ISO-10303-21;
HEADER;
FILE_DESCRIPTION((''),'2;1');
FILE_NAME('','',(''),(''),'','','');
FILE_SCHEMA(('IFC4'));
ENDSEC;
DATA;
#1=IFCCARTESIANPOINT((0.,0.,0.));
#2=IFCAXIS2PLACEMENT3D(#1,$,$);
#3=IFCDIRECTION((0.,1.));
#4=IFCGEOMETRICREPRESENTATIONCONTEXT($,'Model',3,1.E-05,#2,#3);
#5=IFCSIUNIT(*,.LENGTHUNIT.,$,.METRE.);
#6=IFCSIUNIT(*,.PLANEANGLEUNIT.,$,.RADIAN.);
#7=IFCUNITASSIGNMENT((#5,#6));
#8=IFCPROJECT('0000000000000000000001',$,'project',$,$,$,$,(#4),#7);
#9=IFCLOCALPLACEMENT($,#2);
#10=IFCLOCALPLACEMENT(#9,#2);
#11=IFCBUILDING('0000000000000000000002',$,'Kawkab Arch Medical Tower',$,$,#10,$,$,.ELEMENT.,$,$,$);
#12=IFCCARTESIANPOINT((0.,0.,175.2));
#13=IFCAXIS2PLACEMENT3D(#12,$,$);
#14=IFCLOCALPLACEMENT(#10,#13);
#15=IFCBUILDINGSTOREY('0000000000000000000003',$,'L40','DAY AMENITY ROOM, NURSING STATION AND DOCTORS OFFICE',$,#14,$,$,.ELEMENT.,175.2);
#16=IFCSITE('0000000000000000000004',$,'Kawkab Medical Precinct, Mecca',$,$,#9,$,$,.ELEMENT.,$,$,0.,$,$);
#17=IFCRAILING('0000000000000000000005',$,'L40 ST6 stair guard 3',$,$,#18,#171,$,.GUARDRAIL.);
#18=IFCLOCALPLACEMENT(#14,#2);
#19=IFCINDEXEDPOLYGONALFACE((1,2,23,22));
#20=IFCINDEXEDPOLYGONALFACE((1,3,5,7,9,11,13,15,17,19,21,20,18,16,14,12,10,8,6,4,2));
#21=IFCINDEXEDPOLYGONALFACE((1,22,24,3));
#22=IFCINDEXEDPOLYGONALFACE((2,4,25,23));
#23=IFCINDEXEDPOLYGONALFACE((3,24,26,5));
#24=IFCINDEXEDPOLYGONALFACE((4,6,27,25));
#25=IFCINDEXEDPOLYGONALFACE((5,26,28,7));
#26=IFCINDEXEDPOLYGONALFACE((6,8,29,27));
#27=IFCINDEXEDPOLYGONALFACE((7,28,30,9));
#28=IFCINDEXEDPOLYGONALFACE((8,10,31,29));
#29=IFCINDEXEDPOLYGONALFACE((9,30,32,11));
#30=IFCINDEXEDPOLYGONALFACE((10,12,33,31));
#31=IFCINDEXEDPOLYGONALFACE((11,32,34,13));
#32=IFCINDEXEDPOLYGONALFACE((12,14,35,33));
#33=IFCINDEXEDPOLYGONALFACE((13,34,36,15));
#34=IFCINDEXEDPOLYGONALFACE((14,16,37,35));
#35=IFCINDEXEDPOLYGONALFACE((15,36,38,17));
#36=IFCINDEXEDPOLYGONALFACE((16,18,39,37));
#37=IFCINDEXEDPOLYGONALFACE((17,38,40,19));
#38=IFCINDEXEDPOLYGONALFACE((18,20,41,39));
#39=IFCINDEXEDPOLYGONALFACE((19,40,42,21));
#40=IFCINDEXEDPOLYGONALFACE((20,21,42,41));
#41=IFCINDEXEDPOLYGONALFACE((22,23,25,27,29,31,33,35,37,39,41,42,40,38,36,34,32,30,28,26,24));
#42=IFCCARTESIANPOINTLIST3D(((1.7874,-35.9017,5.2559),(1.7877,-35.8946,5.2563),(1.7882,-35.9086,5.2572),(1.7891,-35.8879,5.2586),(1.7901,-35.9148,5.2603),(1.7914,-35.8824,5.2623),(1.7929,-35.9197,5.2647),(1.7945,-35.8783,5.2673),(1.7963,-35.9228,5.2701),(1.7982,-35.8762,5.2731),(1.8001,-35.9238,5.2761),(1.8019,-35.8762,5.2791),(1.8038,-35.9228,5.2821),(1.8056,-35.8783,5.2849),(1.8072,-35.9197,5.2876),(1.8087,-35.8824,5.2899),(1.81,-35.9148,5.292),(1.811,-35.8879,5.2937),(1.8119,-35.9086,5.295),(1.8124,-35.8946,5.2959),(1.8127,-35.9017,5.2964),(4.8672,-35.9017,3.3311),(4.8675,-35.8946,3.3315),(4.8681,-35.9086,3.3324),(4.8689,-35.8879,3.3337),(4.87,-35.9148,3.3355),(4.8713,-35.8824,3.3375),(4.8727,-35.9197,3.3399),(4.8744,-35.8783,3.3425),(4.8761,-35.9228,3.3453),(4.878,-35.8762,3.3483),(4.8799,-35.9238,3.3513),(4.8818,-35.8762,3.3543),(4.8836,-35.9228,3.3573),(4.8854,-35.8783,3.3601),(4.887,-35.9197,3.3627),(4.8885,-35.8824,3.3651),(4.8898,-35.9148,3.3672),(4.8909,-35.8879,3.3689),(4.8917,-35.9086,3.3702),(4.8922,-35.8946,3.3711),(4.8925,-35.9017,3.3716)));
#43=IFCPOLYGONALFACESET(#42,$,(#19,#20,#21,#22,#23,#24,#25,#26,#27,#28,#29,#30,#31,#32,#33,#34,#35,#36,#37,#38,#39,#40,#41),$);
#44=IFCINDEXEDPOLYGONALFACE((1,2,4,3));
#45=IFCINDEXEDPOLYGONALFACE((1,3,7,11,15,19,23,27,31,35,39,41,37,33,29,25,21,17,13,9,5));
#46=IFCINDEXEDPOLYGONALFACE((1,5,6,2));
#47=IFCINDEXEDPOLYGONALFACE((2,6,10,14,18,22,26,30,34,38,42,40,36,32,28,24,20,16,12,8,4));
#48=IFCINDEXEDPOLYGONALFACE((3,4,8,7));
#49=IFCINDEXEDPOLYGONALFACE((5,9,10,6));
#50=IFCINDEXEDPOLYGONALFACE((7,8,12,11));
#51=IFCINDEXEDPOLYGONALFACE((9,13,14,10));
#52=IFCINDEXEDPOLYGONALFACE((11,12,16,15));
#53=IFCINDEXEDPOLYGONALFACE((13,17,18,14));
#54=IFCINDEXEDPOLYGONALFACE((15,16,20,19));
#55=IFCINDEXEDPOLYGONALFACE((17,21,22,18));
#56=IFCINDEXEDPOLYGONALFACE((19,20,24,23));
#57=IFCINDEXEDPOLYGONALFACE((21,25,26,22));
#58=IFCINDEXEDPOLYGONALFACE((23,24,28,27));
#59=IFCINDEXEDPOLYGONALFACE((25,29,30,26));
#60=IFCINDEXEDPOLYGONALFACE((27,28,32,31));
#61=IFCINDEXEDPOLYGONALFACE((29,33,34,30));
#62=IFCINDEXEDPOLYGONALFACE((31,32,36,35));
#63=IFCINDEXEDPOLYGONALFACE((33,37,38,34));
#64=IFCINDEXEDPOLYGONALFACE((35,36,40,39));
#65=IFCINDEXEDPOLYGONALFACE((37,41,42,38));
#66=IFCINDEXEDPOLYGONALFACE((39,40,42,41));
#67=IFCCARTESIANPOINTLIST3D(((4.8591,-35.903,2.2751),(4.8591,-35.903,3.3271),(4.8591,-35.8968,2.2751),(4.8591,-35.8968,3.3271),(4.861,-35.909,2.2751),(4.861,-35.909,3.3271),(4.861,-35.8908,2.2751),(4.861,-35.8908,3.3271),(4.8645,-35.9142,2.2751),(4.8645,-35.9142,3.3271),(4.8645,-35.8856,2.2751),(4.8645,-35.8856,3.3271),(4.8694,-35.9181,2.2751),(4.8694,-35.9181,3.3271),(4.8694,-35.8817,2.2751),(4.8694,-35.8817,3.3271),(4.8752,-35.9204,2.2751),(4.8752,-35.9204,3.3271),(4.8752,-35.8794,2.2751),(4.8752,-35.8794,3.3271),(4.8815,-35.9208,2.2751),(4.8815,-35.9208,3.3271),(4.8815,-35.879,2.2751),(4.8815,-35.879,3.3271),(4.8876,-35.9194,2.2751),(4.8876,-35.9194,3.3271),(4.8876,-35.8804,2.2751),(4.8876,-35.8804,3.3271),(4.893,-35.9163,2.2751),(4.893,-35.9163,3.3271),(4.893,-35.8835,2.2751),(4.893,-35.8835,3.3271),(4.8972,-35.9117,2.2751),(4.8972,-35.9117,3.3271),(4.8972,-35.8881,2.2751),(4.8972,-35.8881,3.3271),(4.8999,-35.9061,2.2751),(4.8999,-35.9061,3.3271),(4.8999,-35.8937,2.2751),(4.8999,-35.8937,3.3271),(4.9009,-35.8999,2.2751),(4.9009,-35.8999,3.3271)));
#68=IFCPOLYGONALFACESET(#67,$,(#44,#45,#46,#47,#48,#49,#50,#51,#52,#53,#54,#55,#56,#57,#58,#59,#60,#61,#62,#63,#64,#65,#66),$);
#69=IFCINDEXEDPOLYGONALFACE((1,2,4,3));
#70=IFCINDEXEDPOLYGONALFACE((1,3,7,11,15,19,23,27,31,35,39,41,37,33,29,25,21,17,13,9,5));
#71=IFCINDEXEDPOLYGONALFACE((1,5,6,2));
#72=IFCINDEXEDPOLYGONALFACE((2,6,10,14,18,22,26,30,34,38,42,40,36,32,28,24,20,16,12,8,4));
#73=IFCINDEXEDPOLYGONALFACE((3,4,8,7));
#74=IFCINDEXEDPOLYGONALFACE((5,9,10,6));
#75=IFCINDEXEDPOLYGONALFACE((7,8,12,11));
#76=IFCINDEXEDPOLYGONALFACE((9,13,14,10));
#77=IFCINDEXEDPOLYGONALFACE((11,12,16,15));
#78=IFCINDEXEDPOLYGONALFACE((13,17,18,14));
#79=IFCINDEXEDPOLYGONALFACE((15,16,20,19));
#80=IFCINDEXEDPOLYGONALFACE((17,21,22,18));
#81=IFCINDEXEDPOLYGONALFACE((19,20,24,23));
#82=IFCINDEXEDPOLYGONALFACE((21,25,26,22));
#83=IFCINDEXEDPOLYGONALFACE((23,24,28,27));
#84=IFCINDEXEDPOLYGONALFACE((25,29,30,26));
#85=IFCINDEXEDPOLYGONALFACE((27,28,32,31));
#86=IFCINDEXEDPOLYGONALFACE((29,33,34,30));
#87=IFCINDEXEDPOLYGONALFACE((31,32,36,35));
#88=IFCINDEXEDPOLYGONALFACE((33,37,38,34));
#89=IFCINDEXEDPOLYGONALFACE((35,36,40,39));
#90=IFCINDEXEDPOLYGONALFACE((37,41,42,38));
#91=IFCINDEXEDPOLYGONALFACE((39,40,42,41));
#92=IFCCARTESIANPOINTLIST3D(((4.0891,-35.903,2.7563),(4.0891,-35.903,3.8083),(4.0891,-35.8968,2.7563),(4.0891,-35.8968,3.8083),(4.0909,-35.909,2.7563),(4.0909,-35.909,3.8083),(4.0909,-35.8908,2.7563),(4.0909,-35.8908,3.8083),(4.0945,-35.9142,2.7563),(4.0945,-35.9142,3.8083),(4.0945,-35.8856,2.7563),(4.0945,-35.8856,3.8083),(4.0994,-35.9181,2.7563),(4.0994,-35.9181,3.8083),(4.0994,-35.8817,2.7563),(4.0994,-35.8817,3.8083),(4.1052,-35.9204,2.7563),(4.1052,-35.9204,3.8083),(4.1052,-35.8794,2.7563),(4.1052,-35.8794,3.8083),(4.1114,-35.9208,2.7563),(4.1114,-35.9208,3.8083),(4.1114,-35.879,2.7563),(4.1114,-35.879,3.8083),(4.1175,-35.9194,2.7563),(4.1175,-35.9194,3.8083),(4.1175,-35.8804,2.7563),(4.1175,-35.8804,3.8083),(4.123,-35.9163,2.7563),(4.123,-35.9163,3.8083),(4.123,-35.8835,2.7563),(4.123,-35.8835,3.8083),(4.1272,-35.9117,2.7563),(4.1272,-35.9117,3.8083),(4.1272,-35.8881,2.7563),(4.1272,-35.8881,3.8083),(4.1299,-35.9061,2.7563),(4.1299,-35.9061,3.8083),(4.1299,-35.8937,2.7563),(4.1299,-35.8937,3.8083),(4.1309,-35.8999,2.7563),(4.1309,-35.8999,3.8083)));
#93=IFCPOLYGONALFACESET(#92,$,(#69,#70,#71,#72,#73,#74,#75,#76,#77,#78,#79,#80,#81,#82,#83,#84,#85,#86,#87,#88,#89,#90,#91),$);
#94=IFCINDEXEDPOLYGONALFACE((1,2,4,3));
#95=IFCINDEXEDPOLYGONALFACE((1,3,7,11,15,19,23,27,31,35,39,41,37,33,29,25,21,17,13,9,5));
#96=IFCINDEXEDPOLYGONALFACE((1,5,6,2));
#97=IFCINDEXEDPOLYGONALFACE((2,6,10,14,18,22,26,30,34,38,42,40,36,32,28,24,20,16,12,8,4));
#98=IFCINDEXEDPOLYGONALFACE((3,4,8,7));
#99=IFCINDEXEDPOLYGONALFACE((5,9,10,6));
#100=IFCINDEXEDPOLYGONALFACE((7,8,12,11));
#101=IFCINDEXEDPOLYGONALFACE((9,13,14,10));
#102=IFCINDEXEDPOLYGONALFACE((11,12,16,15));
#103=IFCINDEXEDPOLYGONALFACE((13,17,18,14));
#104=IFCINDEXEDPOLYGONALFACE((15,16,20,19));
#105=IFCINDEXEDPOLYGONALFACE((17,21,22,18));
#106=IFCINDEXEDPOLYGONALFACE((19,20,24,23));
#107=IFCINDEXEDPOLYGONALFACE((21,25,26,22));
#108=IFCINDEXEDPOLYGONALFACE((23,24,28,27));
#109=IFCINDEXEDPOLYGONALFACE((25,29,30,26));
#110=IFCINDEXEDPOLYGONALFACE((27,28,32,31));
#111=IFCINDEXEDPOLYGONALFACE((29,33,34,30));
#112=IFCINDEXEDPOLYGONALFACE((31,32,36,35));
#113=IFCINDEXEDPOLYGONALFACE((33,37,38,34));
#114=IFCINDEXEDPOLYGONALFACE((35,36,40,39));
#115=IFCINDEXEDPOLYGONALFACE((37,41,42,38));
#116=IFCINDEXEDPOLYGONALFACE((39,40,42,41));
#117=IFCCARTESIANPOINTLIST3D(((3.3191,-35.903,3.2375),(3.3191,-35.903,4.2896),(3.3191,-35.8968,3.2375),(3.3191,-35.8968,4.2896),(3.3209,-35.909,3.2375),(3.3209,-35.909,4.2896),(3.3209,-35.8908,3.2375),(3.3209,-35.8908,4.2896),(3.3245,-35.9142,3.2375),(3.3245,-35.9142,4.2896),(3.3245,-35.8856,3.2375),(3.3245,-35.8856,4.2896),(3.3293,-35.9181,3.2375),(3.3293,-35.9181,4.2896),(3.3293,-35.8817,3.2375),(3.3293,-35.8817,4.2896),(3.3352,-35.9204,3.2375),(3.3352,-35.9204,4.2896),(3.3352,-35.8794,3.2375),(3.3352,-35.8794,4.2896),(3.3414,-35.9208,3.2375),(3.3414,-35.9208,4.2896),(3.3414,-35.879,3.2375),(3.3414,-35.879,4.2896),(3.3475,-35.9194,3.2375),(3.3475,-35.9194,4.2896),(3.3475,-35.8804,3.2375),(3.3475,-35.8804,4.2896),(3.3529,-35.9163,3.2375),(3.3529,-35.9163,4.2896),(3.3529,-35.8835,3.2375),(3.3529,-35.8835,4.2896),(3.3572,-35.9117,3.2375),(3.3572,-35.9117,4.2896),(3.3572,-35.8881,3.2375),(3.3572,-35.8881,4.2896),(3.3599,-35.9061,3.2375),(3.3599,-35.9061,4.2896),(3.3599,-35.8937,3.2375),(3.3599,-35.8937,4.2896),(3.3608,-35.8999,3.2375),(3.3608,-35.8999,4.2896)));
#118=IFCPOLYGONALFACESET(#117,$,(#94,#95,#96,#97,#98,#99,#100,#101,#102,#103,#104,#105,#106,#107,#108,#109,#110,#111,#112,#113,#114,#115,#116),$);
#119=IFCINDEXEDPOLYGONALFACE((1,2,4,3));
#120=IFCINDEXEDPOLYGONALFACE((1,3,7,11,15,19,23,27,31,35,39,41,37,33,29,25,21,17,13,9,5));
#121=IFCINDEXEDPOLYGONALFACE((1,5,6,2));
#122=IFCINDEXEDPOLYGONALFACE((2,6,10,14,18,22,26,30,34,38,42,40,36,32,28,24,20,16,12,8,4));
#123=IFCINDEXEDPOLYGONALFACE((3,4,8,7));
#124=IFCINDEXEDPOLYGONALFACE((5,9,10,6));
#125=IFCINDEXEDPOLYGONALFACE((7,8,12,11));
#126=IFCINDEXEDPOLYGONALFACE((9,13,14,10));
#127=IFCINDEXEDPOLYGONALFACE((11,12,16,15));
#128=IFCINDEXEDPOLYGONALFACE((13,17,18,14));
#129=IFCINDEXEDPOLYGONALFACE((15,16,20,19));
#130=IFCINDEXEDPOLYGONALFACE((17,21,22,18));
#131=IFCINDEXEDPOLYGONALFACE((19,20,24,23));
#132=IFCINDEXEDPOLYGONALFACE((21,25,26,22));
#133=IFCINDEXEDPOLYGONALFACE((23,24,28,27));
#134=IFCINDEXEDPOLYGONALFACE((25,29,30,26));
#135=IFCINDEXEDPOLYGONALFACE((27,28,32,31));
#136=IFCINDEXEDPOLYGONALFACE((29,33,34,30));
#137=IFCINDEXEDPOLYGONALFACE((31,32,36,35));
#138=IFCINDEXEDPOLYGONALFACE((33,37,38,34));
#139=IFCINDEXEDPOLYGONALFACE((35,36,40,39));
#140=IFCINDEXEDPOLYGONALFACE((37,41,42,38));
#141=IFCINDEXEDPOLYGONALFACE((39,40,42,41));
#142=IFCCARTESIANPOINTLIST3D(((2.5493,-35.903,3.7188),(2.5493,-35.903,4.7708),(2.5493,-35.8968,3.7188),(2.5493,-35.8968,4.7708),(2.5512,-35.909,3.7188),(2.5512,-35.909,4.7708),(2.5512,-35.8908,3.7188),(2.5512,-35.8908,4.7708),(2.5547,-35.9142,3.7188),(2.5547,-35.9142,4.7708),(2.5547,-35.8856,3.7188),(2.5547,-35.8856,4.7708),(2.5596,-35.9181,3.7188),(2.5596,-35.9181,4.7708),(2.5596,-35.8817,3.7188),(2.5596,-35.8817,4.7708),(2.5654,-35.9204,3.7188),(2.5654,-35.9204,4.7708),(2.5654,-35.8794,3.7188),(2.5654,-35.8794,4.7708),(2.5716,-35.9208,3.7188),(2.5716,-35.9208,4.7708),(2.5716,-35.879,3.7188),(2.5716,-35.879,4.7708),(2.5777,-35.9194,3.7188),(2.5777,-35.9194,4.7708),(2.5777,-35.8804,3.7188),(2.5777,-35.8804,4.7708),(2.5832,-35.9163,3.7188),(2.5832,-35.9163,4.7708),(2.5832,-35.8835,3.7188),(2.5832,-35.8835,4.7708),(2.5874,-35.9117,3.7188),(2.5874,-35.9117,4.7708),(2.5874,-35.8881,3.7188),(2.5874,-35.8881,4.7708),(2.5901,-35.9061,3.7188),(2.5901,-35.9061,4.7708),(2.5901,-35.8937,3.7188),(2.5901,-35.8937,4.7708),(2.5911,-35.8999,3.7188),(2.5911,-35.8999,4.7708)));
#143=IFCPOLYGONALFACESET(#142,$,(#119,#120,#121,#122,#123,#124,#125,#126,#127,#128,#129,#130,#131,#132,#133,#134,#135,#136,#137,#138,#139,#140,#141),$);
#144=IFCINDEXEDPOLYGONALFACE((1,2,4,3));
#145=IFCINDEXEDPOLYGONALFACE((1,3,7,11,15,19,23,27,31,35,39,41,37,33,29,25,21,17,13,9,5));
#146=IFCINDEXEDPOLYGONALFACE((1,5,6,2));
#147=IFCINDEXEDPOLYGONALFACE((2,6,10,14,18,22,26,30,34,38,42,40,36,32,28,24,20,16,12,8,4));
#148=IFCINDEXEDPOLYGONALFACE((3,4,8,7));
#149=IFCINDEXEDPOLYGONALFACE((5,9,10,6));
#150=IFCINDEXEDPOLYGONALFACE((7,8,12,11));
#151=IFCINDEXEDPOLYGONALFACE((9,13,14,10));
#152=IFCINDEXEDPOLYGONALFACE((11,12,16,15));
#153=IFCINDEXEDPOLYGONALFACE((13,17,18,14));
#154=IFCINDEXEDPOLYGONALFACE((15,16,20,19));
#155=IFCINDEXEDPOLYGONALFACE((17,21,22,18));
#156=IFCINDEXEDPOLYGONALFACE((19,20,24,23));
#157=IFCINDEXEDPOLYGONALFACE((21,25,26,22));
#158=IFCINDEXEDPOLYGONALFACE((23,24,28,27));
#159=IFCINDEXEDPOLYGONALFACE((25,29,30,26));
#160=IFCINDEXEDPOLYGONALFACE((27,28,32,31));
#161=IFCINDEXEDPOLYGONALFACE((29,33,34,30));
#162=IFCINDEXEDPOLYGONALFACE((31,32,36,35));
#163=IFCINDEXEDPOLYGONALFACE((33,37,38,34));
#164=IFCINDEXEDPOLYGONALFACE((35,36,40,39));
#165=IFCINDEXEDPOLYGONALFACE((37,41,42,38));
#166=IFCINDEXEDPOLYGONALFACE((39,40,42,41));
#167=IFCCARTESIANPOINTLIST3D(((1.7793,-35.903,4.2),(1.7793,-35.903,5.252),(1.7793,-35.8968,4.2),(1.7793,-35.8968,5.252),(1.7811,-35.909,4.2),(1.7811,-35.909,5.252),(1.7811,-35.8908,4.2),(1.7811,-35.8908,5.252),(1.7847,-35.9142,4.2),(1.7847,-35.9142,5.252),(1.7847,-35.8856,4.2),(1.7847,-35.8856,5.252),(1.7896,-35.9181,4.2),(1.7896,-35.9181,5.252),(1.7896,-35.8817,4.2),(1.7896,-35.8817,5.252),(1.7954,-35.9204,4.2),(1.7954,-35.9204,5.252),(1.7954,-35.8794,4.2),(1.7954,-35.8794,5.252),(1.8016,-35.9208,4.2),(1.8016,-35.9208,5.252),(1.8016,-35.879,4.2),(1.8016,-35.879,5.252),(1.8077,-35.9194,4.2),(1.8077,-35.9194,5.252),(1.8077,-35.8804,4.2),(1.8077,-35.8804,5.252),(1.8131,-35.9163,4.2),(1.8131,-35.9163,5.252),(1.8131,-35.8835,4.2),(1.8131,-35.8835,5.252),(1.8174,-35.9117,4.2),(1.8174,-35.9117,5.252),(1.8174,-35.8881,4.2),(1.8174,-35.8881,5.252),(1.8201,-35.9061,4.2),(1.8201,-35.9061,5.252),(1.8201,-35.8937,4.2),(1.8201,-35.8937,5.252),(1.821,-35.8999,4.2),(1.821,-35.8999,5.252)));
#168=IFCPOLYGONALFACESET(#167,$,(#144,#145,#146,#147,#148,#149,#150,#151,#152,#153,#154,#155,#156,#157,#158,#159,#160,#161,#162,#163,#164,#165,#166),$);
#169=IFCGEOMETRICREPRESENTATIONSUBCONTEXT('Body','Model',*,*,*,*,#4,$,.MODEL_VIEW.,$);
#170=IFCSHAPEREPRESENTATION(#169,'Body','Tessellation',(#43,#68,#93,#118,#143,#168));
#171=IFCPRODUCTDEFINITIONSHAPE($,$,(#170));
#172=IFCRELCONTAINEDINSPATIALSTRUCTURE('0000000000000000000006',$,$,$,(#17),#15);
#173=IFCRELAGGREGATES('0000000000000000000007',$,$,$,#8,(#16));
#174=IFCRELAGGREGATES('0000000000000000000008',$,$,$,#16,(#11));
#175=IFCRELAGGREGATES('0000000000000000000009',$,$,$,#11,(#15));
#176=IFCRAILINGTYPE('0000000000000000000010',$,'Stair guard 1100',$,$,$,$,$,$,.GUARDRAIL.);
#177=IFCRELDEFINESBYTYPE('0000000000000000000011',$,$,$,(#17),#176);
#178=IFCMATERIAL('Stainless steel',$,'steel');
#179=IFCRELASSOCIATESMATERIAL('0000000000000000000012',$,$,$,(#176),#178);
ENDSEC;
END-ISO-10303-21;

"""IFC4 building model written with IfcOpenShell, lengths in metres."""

from ifc_helpers import new_model, si_unit, direction, frame, origin, origin_2d, place, context, subcontext, project, spatial, circle, extrude, material, type_object, element, save


model = new_model("IFC4")

# Units and contexts
model_context = context("Model", 3, precision=1e-05, world=origin(), true_north=direction((0.0, 1.0)))
body_context = subcontext(model_context, "Body", "Model", "MODEL_VIEW")
ifc_project = project(units=[si_unit("LENGTHUNIT", "METRE"), si_unit("PLANEANGLEUNIT", "RADIAN")], contexts=[model_context])

# Site, building, storey
site_placement = place(None, origin())
site = spatial("IfcSite", under=ifc_project, at=site_placement, Name="Kawkab Medical Precinct, Mecca", CompositionType="ELEMENT", RefElevation=0.0)
building_placement = place(site_placement, origin())
building = spatial("IfcBuilding", under=site, at=building_placement, Name="Kawkab Arch Medical Tower", CompositionType="ELEMENT")
storey_placement = place(building_placement, frame((0.0, 0.0, 175.2)))
storey = spatial("IfcBuildingStorey", under=building, at=storey_placement, Name="L40", Description="DAY AMENITY ROOM, NURSING STATION AND DOCTORS OFFICE", CompositionType="ELEMENT", Elevation=175.2)

# Railing
ifc_material_1 = material(Name="Stainless steel", Category="steel")
railing_type = type_object("IfcRailingType", Name="Stair guard 1100", PredefinedType="GUARDRAIL", material=ifc_material_1)
railing_1_placement = place(storey_placement, frame((4.8799, -35.8999, 2.2751)))
element("IfcRailing", 1, at=railing_1_placement, inside=storey, type_object=railing_type, Name="L40 ST6 stair guard 3", PredefinedType="GUARDRAIL", context=body_context, shape_type="SweptSolid", body=[
    extrude(circle(Radius=0.0239, at=origin_2d()), frame((0.0, 0.0, 1.0762), z_axis=(-0.84801, 0.0, 0.529981), x_axis=(0.0, -1.0, 0.0)), (0.0, 0.0, 1.0), 3.6318),
    extrude(circle(Radius=0.021, at=origin_2d()), origin(), (0.0, 0.0, 1.0), 1.052),
    extrude(circle(Radius=0.021, at=origin_2d()), frame((-0.77, 0.0, 0.4812)), (0.0, 0.0, 1.0), 1.052),
    extrude(circle(Radius=0.021, at=origin_2d()), frame((-1.54, 0.0, 0.9624)), (0.0, 0.0, 1.0), 1.052),
    extrude(circle(Radius=0.021, at=origin_2d()), frame((-2.3098, 0.0, 1.4436)), (0.0, 0.0, 1.0), 1.052),
    extrude(circle(Radius=0.021, at=origin_2d()), frame((-3.0798, 0.0, 1.9248)), (0.0, 0.0, 1.0), 1.052),
])

save(model, "model.ifc")
